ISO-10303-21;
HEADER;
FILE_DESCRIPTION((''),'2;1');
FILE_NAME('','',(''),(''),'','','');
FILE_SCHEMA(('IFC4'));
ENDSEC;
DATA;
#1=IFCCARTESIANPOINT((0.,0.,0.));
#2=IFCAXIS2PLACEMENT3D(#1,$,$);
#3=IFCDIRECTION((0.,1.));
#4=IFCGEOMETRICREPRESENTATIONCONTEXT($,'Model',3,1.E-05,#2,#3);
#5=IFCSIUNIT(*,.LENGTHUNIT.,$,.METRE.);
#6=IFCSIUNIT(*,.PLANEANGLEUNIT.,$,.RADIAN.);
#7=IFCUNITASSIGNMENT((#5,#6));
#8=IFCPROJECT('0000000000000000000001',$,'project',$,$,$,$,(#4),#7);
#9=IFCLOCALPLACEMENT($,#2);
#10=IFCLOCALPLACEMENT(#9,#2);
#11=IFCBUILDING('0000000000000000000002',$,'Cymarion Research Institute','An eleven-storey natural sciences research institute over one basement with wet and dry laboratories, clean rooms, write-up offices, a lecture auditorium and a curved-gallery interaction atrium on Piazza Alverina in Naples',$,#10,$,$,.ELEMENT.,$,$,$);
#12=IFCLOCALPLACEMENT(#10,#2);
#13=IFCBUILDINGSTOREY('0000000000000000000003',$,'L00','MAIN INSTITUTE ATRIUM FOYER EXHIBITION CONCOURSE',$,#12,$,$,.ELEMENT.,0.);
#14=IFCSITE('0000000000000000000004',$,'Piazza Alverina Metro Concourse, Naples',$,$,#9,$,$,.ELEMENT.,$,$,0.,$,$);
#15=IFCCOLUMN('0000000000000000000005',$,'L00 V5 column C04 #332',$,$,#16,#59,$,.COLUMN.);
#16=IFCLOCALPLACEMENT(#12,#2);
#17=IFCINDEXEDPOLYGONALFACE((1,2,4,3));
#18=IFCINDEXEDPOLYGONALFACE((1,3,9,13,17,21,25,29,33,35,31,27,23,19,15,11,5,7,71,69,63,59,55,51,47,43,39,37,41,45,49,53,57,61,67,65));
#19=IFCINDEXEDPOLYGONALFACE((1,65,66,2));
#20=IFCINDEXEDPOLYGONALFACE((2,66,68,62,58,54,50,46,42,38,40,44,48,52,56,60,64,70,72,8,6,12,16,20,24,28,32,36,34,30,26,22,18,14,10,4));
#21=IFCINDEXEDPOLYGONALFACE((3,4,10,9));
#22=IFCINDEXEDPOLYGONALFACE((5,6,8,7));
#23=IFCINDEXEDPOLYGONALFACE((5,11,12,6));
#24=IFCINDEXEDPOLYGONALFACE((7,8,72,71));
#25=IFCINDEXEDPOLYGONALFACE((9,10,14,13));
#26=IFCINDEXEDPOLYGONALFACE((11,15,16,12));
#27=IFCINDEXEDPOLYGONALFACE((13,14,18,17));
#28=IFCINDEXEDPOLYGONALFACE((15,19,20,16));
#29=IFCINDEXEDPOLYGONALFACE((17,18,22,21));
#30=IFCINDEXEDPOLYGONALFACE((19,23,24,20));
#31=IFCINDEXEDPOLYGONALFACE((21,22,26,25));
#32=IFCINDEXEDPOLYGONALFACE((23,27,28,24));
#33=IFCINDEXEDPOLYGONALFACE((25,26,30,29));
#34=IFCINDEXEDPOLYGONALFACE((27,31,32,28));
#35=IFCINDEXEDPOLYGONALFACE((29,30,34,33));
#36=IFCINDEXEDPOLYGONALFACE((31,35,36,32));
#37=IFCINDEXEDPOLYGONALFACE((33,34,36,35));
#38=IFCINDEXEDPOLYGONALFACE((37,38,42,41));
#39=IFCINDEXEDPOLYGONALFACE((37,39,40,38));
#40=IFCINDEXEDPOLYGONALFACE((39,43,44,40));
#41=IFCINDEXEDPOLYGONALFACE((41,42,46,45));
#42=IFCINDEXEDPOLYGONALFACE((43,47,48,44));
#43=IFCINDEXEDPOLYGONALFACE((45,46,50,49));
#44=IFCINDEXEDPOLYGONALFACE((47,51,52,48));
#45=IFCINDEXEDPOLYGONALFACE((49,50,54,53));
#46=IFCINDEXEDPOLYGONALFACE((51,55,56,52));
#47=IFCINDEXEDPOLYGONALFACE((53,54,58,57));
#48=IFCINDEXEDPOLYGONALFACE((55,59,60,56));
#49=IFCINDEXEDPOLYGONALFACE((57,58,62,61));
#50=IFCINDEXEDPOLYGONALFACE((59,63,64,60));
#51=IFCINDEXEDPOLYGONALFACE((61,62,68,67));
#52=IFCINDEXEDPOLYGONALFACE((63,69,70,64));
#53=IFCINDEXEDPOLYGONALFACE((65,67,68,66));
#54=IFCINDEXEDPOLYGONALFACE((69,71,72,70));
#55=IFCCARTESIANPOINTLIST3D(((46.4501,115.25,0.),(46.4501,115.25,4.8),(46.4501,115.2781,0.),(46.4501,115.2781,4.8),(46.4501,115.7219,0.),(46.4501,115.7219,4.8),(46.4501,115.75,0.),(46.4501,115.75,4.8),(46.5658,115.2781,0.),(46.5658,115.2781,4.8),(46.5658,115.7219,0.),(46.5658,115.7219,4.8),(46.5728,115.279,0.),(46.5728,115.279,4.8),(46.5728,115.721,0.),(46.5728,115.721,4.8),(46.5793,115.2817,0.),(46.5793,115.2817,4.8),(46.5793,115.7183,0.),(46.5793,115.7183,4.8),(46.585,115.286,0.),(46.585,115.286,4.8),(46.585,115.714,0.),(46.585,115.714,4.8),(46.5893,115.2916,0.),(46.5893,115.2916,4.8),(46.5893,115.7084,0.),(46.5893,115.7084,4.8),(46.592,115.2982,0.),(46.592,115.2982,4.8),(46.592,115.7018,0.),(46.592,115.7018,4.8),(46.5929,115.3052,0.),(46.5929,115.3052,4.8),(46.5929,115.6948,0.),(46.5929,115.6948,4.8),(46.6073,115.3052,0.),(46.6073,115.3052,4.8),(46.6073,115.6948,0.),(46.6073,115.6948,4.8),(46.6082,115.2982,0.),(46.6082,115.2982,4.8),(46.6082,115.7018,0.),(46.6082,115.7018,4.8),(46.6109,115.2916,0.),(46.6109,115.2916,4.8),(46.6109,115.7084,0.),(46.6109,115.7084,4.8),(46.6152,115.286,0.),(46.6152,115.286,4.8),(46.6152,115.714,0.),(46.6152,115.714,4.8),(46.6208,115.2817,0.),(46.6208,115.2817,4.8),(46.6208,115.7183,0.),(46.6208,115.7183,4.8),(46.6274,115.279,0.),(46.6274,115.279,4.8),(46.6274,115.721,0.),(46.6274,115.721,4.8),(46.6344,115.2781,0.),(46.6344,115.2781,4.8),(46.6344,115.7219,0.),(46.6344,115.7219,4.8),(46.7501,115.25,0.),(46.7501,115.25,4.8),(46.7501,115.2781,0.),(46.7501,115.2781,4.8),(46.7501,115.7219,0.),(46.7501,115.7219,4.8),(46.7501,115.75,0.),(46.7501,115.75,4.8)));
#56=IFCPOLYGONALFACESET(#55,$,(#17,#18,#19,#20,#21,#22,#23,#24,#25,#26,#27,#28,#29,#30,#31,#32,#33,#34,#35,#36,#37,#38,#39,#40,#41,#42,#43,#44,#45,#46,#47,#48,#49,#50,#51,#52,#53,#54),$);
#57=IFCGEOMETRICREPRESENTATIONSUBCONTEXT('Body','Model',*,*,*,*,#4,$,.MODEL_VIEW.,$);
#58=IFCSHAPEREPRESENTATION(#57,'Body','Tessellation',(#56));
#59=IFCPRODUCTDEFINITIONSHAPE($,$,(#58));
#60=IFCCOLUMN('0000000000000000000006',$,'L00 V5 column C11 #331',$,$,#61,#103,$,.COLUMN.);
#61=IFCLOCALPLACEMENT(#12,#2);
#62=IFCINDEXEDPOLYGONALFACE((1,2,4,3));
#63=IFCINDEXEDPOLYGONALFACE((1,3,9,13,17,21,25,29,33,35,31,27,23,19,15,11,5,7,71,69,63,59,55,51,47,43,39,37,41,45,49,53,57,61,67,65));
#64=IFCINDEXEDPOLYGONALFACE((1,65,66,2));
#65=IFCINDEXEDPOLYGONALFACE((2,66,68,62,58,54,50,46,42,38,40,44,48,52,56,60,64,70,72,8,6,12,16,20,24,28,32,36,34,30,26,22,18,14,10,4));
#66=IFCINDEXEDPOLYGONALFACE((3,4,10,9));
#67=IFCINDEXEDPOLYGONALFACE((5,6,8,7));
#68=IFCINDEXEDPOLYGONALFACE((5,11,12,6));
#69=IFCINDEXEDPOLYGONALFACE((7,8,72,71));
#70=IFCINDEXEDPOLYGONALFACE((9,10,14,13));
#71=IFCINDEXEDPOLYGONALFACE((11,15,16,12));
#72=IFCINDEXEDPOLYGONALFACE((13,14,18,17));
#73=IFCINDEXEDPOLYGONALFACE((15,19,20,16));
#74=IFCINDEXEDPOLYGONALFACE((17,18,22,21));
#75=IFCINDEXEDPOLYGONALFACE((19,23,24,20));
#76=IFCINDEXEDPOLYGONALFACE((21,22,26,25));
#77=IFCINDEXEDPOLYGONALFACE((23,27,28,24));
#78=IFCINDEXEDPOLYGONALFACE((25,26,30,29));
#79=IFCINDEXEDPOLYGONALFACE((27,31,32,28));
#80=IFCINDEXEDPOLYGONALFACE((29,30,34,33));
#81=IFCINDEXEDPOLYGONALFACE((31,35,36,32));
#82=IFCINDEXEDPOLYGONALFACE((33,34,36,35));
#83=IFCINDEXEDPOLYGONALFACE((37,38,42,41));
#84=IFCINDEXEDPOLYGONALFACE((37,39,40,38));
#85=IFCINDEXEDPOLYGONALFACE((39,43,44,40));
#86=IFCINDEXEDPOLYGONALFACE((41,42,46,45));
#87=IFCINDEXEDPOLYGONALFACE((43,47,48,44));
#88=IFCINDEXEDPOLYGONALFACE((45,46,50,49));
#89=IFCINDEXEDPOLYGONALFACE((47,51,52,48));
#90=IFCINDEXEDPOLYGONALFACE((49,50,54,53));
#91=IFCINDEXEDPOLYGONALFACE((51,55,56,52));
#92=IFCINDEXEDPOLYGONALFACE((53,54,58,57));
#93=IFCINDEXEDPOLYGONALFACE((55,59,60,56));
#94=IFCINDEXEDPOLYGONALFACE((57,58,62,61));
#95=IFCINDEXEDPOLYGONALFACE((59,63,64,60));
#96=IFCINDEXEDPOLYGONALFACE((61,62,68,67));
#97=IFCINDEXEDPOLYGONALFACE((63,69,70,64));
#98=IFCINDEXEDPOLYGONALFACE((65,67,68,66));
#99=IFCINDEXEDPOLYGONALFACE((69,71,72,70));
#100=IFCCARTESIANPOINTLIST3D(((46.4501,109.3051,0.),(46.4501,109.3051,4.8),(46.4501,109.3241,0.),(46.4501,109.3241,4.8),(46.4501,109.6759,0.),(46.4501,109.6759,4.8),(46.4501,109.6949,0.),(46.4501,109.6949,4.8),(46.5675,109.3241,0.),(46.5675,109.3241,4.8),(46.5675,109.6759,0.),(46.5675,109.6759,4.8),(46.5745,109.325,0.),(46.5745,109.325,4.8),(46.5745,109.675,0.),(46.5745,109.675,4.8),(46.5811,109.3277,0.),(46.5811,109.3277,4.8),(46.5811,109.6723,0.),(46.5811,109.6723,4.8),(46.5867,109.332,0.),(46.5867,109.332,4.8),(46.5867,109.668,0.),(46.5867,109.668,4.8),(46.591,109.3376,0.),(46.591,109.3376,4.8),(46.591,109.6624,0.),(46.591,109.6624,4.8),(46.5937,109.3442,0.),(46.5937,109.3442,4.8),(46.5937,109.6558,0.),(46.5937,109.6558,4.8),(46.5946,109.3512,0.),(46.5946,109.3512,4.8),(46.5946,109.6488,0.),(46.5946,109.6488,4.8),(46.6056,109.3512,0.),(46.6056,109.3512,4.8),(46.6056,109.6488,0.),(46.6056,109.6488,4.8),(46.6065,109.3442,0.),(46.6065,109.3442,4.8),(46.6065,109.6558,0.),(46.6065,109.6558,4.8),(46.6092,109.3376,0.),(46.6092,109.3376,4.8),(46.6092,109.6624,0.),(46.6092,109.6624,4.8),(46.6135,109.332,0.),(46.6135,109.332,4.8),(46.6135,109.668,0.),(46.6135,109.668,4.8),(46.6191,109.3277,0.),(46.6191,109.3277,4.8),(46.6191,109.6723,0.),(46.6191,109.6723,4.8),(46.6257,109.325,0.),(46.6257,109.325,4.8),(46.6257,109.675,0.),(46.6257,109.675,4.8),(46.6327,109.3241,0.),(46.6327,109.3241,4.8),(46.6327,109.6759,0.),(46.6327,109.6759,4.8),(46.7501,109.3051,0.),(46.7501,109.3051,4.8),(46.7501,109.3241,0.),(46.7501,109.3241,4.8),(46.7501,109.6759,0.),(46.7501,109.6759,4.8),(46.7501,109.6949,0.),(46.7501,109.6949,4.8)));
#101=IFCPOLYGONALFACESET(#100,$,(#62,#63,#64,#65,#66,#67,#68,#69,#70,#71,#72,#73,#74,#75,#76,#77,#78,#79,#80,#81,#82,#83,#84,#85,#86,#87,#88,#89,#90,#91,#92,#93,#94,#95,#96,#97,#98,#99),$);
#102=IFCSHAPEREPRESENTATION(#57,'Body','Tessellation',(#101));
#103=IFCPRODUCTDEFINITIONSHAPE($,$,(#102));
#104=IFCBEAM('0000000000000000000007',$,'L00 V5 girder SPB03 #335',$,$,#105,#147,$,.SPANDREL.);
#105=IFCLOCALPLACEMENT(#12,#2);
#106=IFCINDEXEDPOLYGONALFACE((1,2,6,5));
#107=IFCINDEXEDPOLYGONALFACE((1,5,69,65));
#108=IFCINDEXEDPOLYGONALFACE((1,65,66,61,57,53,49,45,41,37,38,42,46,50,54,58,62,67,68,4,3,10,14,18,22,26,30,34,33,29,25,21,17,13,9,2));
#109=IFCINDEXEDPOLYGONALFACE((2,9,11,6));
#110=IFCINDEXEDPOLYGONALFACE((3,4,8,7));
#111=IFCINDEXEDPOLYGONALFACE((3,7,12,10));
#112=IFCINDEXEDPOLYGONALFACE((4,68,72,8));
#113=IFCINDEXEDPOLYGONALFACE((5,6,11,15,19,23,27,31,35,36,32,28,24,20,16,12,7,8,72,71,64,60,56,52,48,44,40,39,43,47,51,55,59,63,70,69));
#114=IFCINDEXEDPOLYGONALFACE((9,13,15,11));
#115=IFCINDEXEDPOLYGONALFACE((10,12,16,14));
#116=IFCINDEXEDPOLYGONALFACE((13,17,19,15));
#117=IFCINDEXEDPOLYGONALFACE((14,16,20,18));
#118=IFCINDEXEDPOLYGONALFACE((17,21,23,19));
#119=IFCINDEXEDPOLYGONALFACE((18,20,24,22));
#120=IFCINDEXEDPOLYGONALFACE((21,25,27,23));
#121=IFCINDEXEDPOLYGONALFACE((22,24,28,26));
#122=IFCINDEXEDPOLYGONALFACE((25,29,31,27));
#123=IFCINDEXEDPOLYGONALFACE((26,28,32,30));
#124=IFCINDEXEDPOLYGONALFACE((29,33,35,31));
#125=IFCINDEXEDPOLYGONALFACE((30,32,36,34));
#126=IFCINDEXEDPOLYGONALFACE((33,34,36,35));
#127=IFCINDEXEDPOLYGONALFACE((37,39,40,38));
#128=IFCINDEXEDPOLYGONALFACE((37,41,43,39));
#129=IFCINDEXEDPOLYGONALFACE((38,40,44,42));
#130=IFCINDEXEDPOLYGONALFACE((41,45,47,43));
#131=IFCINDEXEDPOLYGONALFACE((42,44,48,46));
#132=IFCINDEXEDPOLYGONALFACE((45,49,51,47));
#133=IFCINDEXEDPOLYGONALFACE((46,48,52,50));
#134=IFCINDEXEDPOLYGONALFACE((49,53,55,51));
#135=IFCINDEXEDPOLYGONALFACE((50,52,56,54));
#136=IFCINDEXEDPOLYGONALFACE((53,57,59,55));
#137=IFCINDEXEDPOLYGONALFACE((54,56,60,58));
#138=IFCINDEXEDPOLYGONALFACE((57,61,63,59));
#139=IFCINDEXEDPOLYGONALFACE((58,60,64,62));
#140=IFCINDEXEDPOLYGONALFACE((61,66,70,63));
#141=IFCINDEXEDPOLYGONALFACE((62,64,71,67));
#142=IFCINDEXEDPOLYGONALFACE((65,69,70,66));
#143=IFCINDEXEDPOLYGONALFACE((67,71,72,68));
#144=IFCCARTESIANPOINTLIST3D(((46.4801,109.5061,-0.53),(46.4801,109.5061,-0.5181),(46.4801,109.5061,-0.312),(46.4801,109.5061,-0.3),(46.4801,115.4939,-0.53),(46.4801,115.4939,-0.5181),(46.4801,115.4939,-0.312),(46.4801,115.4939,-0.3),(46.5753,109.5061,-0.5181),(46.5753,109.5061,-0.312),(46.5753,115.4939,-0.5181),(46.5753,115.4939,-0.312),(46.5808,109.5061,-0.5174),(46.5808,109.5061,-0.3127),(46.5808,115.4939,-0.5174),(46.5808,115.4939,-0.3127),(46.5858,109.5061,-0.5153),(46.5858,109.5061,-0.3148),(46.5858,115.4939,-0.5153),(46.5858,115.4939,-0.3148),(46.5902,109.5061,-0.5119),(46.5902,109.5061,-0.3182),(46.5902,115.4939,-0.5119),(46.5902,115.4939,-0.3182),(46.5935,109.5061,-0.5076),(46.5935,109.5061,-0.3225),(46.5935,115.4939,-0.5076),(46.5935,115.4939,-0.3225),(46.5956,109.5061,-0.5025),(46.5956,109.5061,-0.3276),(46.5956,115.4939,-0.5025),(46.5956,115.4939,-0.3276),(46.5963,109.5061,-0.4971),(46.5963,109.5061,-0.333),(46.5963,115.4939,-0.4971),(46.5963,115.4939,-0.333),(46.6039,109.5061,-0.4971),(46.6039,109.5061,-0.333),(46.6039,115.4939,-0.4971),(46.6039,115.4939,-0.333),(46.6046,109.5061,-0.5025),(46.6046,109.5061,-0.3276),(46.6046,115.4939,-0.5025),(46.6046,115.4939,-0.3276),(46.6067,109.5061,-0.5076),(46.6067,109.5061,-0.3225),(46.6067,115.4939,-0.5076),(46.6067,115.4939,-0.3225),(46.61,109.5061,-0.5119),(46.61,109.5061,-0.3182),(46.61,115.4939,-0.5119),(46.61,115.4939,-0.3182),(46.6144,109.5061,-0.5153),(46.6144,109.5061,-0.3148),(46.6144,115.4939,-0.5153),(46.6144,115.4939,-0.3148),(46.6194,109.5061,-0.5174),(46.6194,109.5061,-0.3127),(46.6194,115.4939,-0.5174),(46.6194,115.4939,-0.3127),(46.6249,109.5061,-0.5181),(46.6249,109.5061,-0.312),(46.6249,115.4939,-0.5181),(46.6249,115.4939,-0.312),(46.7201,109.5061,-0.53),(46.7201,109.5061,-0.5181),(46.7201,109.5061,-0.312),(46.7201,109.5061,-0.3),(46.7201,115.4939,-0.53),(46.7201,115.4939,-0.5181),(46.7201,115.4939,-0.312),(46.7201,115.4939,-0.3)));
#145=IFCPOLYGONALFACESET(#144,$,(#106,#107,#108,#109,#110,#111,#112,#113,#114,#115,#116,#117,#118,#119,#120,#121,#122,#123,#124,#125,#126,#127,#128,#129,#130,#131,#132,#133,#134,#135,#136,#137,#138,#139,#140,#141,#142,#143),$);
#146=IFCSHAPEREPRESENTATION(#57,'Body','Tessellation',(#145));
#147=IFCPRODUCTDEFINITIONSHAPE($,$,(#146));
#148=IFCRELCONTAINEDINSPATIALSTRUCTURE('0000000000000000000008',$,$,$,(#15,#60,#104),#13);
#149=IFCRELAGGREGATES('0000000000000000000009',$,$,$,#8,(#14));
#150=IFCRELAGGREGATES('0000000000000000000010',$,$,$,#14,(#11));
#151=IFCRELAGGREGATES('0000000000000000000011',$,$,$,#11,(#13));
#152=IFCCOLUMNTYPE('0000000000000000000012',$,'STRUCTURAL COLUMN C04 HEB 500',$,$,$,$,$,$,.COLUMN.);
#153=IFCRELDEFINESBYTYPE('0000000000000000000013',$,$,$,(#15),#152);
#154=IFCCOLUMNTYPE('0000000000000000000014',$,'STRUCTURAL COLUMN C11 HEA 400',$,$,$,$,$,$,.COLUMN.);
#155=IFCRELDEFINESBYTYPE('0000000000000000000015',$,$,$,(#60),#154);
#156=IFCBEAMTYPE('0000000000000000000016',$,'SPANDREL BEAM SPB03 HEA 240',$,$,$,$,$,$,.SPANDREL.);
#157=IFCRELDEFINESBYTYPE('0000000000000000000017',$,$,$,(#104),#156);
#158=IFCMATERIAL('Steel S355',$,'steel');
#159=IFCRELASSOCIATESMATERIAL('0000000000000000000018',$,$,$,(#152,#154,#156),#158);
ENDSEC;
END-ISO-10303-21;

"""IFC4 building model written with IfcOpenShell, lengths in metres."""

from ifc_helpers import new_model, si_unit, direction, frame, origin, origin_2d, place, context, subcontext, project, spatial, i_section, extrude, material, material_profile, profile_set, type_object, element, save


model = new_model("IFC4")

# Units and contexts
model_context = context("Model", 3, precision=1e-05, world=origin(), true_north=direction((0.0, 1.0)))
body_context = subcontext(model_context, "Body", "Model", "MODEL_VIEW")
ifc_project = project(units=[si_unit("LENGTHUNIT", "METRE"), si_unit("PLANEANGLEUNIT", "RADIAN")], contexts=[model_context])

# Site, building, storey
site_placement = place(None, origin())
site = spatial("IfcSite", under=ifc_project, at=site_placement, Name="Piazza Alverina Metro Concourse, Naples", CompositionType="ELEMENT", RefElevation=0.0)
building_placement = place(site_placement, origin())
building = spatial("IfcBuilding", under=site, at=building_placement, Name="Cymarion Research Institute", Description="An eleven-storey natural sciences research institute over one basement with wet and dry laboratories, clean rooms, write-up offices, a lecture auditorium and a curved-gallery interaction atrium on Piazza Alverina in Naples", CompositionType="ELEMENT")
storey_placement = place(building_placement, origin())
storey = spatial("IfcBuildingStorey", under=building, at=storey_placement, Name="L00", Description="MAIN INSTITUTE ATRIUM FOYER EXHIBITION CONCOURSE", CompositionType="ELEMENT", Elevation=0.0)

# Columns
ifc_material_1 = material(Name="Steel S355", Category="steel")
ifc_material_profile_1 = material_profile(ifc_material_1, i_section(OverallWidth=0.3, OverallDepth=0.5, WebThickness=0.0144, FlangeThickness=0.0281, FilletRadius=0.0271, at=origin_2d()), Name="HEB 500")
ifc_profile_set_1 = profile_set([ifc_material_profile_1], Name="Steel S355")
column_type_1 = type_object("IfcColumnType", Name="STRUCTURAL COLUMN C04 HEB 500", PredefinedType="COLUMN", material=ifc_profile_set_1)
column_1_placement = place(storey_placement, frame((46.6001, 115.5, 0.0), z_axis=(0.0, 0.0, 1.0), x_axis=(1.0, 0.0, 0.0)))
element("IfcColumn", 1, at=column_1_placement, inside=storey, type_object=column_type_1, Name="L00 V5 column C04 #332", PredefinedType="COLUMN", context=body_context, shape_type="SweptSolid", body=[
    extrude(i_section(OverallWidth=0.3, OverallDepth=0.5, WebThickness=0.0144, FlangeThickness=0.0281, FilletRadius=0.0271, at=origin_2d()), origin(), (0.0, 0.0, 1.0), 4.8),
])
ifc_material_profile_2 = material_profile(ifc_material_1, i_section(OverallWidth=0.3, OverallDepth=0.3899, WebThickness=0.011, FlangeThickness=0.019, FilletRadius=0.0271, at=origin_2d()), Name="HEA 400")
ifc_profile_set_2 = profile_set([ifc_material_profile_2], Name="Steel S355")
column_type_2 = type_object("IfcColumnType", Name="STRUCTURAL COLUMN C11 HEA 400", PredefinedType="COLUMN", material=ifc_profile_set_2)
column_2_placement = place(storey_placement, frame((46.6001, 109.5, 0.0), z_axis=(0.0, 0.0, 1.0), x_axis=(1.0, 0.0, 0.0)))
element("IfcColumn", 2, at=column_2_placement, inside=storey, type_object=column_type_2, Name="L00 V5 column C11 #331", PredefinedType="COLUMN", context=body_context, shape_type="SweptSolid", body=[
    extrude(i_section(OverallWidth=0.3, OverallDepth=0.3899, WebThickness=0.011, FlangeThickness=0.019, FilletRadius=0.0271, at=origin_2d()), origin(), (0.0, 0.0, 1.0), 4.8),
])

# Beam
ifc_material_profile_3 = material_profile(ifc_material_1, i_section(OverallWidth=0.24, OverallDepth=0.23, WebThickness=0.0076, FlangeThickness=0.012, FilletRadius=0.021, at=origin_2d()), Name="HEA 240")
ifc_profile_set_3 = profile_set([ifc_material_profile_3], Name="Steel S355")
beam_type = type_object("IfcBeamType", Name="SPANDREL BEAM SPB03 HEA 240", PredefinedType="SPANDREL", material=ifc_profile_set_3)
beam_placement = place(storey_placement, frame((46.6001, 109.5061, -0.415), z_axis=(0.0, 1.0, 0.0), x_axis=(-1.0, 0.0, 0.0)))
element("IfcBeam", 3, at=beam_placement, inside=storey, type_object=beam_type, Name="L00 V5 girder SPB03 #335", PredefinedType="SPANDREL", context=body_context, shape_type="SweptSolid", body=[
    extrude(i_section(OverallWidth=0.24, OverallDepth=0.23, WebThickness=0.0076, FlangeThickness=0.012, FilletRadius=0.021, at=origin_2d()), origin(), (0.0, 0.0, 1.0), 5.9878),
])

save(model, "model.ifc")
